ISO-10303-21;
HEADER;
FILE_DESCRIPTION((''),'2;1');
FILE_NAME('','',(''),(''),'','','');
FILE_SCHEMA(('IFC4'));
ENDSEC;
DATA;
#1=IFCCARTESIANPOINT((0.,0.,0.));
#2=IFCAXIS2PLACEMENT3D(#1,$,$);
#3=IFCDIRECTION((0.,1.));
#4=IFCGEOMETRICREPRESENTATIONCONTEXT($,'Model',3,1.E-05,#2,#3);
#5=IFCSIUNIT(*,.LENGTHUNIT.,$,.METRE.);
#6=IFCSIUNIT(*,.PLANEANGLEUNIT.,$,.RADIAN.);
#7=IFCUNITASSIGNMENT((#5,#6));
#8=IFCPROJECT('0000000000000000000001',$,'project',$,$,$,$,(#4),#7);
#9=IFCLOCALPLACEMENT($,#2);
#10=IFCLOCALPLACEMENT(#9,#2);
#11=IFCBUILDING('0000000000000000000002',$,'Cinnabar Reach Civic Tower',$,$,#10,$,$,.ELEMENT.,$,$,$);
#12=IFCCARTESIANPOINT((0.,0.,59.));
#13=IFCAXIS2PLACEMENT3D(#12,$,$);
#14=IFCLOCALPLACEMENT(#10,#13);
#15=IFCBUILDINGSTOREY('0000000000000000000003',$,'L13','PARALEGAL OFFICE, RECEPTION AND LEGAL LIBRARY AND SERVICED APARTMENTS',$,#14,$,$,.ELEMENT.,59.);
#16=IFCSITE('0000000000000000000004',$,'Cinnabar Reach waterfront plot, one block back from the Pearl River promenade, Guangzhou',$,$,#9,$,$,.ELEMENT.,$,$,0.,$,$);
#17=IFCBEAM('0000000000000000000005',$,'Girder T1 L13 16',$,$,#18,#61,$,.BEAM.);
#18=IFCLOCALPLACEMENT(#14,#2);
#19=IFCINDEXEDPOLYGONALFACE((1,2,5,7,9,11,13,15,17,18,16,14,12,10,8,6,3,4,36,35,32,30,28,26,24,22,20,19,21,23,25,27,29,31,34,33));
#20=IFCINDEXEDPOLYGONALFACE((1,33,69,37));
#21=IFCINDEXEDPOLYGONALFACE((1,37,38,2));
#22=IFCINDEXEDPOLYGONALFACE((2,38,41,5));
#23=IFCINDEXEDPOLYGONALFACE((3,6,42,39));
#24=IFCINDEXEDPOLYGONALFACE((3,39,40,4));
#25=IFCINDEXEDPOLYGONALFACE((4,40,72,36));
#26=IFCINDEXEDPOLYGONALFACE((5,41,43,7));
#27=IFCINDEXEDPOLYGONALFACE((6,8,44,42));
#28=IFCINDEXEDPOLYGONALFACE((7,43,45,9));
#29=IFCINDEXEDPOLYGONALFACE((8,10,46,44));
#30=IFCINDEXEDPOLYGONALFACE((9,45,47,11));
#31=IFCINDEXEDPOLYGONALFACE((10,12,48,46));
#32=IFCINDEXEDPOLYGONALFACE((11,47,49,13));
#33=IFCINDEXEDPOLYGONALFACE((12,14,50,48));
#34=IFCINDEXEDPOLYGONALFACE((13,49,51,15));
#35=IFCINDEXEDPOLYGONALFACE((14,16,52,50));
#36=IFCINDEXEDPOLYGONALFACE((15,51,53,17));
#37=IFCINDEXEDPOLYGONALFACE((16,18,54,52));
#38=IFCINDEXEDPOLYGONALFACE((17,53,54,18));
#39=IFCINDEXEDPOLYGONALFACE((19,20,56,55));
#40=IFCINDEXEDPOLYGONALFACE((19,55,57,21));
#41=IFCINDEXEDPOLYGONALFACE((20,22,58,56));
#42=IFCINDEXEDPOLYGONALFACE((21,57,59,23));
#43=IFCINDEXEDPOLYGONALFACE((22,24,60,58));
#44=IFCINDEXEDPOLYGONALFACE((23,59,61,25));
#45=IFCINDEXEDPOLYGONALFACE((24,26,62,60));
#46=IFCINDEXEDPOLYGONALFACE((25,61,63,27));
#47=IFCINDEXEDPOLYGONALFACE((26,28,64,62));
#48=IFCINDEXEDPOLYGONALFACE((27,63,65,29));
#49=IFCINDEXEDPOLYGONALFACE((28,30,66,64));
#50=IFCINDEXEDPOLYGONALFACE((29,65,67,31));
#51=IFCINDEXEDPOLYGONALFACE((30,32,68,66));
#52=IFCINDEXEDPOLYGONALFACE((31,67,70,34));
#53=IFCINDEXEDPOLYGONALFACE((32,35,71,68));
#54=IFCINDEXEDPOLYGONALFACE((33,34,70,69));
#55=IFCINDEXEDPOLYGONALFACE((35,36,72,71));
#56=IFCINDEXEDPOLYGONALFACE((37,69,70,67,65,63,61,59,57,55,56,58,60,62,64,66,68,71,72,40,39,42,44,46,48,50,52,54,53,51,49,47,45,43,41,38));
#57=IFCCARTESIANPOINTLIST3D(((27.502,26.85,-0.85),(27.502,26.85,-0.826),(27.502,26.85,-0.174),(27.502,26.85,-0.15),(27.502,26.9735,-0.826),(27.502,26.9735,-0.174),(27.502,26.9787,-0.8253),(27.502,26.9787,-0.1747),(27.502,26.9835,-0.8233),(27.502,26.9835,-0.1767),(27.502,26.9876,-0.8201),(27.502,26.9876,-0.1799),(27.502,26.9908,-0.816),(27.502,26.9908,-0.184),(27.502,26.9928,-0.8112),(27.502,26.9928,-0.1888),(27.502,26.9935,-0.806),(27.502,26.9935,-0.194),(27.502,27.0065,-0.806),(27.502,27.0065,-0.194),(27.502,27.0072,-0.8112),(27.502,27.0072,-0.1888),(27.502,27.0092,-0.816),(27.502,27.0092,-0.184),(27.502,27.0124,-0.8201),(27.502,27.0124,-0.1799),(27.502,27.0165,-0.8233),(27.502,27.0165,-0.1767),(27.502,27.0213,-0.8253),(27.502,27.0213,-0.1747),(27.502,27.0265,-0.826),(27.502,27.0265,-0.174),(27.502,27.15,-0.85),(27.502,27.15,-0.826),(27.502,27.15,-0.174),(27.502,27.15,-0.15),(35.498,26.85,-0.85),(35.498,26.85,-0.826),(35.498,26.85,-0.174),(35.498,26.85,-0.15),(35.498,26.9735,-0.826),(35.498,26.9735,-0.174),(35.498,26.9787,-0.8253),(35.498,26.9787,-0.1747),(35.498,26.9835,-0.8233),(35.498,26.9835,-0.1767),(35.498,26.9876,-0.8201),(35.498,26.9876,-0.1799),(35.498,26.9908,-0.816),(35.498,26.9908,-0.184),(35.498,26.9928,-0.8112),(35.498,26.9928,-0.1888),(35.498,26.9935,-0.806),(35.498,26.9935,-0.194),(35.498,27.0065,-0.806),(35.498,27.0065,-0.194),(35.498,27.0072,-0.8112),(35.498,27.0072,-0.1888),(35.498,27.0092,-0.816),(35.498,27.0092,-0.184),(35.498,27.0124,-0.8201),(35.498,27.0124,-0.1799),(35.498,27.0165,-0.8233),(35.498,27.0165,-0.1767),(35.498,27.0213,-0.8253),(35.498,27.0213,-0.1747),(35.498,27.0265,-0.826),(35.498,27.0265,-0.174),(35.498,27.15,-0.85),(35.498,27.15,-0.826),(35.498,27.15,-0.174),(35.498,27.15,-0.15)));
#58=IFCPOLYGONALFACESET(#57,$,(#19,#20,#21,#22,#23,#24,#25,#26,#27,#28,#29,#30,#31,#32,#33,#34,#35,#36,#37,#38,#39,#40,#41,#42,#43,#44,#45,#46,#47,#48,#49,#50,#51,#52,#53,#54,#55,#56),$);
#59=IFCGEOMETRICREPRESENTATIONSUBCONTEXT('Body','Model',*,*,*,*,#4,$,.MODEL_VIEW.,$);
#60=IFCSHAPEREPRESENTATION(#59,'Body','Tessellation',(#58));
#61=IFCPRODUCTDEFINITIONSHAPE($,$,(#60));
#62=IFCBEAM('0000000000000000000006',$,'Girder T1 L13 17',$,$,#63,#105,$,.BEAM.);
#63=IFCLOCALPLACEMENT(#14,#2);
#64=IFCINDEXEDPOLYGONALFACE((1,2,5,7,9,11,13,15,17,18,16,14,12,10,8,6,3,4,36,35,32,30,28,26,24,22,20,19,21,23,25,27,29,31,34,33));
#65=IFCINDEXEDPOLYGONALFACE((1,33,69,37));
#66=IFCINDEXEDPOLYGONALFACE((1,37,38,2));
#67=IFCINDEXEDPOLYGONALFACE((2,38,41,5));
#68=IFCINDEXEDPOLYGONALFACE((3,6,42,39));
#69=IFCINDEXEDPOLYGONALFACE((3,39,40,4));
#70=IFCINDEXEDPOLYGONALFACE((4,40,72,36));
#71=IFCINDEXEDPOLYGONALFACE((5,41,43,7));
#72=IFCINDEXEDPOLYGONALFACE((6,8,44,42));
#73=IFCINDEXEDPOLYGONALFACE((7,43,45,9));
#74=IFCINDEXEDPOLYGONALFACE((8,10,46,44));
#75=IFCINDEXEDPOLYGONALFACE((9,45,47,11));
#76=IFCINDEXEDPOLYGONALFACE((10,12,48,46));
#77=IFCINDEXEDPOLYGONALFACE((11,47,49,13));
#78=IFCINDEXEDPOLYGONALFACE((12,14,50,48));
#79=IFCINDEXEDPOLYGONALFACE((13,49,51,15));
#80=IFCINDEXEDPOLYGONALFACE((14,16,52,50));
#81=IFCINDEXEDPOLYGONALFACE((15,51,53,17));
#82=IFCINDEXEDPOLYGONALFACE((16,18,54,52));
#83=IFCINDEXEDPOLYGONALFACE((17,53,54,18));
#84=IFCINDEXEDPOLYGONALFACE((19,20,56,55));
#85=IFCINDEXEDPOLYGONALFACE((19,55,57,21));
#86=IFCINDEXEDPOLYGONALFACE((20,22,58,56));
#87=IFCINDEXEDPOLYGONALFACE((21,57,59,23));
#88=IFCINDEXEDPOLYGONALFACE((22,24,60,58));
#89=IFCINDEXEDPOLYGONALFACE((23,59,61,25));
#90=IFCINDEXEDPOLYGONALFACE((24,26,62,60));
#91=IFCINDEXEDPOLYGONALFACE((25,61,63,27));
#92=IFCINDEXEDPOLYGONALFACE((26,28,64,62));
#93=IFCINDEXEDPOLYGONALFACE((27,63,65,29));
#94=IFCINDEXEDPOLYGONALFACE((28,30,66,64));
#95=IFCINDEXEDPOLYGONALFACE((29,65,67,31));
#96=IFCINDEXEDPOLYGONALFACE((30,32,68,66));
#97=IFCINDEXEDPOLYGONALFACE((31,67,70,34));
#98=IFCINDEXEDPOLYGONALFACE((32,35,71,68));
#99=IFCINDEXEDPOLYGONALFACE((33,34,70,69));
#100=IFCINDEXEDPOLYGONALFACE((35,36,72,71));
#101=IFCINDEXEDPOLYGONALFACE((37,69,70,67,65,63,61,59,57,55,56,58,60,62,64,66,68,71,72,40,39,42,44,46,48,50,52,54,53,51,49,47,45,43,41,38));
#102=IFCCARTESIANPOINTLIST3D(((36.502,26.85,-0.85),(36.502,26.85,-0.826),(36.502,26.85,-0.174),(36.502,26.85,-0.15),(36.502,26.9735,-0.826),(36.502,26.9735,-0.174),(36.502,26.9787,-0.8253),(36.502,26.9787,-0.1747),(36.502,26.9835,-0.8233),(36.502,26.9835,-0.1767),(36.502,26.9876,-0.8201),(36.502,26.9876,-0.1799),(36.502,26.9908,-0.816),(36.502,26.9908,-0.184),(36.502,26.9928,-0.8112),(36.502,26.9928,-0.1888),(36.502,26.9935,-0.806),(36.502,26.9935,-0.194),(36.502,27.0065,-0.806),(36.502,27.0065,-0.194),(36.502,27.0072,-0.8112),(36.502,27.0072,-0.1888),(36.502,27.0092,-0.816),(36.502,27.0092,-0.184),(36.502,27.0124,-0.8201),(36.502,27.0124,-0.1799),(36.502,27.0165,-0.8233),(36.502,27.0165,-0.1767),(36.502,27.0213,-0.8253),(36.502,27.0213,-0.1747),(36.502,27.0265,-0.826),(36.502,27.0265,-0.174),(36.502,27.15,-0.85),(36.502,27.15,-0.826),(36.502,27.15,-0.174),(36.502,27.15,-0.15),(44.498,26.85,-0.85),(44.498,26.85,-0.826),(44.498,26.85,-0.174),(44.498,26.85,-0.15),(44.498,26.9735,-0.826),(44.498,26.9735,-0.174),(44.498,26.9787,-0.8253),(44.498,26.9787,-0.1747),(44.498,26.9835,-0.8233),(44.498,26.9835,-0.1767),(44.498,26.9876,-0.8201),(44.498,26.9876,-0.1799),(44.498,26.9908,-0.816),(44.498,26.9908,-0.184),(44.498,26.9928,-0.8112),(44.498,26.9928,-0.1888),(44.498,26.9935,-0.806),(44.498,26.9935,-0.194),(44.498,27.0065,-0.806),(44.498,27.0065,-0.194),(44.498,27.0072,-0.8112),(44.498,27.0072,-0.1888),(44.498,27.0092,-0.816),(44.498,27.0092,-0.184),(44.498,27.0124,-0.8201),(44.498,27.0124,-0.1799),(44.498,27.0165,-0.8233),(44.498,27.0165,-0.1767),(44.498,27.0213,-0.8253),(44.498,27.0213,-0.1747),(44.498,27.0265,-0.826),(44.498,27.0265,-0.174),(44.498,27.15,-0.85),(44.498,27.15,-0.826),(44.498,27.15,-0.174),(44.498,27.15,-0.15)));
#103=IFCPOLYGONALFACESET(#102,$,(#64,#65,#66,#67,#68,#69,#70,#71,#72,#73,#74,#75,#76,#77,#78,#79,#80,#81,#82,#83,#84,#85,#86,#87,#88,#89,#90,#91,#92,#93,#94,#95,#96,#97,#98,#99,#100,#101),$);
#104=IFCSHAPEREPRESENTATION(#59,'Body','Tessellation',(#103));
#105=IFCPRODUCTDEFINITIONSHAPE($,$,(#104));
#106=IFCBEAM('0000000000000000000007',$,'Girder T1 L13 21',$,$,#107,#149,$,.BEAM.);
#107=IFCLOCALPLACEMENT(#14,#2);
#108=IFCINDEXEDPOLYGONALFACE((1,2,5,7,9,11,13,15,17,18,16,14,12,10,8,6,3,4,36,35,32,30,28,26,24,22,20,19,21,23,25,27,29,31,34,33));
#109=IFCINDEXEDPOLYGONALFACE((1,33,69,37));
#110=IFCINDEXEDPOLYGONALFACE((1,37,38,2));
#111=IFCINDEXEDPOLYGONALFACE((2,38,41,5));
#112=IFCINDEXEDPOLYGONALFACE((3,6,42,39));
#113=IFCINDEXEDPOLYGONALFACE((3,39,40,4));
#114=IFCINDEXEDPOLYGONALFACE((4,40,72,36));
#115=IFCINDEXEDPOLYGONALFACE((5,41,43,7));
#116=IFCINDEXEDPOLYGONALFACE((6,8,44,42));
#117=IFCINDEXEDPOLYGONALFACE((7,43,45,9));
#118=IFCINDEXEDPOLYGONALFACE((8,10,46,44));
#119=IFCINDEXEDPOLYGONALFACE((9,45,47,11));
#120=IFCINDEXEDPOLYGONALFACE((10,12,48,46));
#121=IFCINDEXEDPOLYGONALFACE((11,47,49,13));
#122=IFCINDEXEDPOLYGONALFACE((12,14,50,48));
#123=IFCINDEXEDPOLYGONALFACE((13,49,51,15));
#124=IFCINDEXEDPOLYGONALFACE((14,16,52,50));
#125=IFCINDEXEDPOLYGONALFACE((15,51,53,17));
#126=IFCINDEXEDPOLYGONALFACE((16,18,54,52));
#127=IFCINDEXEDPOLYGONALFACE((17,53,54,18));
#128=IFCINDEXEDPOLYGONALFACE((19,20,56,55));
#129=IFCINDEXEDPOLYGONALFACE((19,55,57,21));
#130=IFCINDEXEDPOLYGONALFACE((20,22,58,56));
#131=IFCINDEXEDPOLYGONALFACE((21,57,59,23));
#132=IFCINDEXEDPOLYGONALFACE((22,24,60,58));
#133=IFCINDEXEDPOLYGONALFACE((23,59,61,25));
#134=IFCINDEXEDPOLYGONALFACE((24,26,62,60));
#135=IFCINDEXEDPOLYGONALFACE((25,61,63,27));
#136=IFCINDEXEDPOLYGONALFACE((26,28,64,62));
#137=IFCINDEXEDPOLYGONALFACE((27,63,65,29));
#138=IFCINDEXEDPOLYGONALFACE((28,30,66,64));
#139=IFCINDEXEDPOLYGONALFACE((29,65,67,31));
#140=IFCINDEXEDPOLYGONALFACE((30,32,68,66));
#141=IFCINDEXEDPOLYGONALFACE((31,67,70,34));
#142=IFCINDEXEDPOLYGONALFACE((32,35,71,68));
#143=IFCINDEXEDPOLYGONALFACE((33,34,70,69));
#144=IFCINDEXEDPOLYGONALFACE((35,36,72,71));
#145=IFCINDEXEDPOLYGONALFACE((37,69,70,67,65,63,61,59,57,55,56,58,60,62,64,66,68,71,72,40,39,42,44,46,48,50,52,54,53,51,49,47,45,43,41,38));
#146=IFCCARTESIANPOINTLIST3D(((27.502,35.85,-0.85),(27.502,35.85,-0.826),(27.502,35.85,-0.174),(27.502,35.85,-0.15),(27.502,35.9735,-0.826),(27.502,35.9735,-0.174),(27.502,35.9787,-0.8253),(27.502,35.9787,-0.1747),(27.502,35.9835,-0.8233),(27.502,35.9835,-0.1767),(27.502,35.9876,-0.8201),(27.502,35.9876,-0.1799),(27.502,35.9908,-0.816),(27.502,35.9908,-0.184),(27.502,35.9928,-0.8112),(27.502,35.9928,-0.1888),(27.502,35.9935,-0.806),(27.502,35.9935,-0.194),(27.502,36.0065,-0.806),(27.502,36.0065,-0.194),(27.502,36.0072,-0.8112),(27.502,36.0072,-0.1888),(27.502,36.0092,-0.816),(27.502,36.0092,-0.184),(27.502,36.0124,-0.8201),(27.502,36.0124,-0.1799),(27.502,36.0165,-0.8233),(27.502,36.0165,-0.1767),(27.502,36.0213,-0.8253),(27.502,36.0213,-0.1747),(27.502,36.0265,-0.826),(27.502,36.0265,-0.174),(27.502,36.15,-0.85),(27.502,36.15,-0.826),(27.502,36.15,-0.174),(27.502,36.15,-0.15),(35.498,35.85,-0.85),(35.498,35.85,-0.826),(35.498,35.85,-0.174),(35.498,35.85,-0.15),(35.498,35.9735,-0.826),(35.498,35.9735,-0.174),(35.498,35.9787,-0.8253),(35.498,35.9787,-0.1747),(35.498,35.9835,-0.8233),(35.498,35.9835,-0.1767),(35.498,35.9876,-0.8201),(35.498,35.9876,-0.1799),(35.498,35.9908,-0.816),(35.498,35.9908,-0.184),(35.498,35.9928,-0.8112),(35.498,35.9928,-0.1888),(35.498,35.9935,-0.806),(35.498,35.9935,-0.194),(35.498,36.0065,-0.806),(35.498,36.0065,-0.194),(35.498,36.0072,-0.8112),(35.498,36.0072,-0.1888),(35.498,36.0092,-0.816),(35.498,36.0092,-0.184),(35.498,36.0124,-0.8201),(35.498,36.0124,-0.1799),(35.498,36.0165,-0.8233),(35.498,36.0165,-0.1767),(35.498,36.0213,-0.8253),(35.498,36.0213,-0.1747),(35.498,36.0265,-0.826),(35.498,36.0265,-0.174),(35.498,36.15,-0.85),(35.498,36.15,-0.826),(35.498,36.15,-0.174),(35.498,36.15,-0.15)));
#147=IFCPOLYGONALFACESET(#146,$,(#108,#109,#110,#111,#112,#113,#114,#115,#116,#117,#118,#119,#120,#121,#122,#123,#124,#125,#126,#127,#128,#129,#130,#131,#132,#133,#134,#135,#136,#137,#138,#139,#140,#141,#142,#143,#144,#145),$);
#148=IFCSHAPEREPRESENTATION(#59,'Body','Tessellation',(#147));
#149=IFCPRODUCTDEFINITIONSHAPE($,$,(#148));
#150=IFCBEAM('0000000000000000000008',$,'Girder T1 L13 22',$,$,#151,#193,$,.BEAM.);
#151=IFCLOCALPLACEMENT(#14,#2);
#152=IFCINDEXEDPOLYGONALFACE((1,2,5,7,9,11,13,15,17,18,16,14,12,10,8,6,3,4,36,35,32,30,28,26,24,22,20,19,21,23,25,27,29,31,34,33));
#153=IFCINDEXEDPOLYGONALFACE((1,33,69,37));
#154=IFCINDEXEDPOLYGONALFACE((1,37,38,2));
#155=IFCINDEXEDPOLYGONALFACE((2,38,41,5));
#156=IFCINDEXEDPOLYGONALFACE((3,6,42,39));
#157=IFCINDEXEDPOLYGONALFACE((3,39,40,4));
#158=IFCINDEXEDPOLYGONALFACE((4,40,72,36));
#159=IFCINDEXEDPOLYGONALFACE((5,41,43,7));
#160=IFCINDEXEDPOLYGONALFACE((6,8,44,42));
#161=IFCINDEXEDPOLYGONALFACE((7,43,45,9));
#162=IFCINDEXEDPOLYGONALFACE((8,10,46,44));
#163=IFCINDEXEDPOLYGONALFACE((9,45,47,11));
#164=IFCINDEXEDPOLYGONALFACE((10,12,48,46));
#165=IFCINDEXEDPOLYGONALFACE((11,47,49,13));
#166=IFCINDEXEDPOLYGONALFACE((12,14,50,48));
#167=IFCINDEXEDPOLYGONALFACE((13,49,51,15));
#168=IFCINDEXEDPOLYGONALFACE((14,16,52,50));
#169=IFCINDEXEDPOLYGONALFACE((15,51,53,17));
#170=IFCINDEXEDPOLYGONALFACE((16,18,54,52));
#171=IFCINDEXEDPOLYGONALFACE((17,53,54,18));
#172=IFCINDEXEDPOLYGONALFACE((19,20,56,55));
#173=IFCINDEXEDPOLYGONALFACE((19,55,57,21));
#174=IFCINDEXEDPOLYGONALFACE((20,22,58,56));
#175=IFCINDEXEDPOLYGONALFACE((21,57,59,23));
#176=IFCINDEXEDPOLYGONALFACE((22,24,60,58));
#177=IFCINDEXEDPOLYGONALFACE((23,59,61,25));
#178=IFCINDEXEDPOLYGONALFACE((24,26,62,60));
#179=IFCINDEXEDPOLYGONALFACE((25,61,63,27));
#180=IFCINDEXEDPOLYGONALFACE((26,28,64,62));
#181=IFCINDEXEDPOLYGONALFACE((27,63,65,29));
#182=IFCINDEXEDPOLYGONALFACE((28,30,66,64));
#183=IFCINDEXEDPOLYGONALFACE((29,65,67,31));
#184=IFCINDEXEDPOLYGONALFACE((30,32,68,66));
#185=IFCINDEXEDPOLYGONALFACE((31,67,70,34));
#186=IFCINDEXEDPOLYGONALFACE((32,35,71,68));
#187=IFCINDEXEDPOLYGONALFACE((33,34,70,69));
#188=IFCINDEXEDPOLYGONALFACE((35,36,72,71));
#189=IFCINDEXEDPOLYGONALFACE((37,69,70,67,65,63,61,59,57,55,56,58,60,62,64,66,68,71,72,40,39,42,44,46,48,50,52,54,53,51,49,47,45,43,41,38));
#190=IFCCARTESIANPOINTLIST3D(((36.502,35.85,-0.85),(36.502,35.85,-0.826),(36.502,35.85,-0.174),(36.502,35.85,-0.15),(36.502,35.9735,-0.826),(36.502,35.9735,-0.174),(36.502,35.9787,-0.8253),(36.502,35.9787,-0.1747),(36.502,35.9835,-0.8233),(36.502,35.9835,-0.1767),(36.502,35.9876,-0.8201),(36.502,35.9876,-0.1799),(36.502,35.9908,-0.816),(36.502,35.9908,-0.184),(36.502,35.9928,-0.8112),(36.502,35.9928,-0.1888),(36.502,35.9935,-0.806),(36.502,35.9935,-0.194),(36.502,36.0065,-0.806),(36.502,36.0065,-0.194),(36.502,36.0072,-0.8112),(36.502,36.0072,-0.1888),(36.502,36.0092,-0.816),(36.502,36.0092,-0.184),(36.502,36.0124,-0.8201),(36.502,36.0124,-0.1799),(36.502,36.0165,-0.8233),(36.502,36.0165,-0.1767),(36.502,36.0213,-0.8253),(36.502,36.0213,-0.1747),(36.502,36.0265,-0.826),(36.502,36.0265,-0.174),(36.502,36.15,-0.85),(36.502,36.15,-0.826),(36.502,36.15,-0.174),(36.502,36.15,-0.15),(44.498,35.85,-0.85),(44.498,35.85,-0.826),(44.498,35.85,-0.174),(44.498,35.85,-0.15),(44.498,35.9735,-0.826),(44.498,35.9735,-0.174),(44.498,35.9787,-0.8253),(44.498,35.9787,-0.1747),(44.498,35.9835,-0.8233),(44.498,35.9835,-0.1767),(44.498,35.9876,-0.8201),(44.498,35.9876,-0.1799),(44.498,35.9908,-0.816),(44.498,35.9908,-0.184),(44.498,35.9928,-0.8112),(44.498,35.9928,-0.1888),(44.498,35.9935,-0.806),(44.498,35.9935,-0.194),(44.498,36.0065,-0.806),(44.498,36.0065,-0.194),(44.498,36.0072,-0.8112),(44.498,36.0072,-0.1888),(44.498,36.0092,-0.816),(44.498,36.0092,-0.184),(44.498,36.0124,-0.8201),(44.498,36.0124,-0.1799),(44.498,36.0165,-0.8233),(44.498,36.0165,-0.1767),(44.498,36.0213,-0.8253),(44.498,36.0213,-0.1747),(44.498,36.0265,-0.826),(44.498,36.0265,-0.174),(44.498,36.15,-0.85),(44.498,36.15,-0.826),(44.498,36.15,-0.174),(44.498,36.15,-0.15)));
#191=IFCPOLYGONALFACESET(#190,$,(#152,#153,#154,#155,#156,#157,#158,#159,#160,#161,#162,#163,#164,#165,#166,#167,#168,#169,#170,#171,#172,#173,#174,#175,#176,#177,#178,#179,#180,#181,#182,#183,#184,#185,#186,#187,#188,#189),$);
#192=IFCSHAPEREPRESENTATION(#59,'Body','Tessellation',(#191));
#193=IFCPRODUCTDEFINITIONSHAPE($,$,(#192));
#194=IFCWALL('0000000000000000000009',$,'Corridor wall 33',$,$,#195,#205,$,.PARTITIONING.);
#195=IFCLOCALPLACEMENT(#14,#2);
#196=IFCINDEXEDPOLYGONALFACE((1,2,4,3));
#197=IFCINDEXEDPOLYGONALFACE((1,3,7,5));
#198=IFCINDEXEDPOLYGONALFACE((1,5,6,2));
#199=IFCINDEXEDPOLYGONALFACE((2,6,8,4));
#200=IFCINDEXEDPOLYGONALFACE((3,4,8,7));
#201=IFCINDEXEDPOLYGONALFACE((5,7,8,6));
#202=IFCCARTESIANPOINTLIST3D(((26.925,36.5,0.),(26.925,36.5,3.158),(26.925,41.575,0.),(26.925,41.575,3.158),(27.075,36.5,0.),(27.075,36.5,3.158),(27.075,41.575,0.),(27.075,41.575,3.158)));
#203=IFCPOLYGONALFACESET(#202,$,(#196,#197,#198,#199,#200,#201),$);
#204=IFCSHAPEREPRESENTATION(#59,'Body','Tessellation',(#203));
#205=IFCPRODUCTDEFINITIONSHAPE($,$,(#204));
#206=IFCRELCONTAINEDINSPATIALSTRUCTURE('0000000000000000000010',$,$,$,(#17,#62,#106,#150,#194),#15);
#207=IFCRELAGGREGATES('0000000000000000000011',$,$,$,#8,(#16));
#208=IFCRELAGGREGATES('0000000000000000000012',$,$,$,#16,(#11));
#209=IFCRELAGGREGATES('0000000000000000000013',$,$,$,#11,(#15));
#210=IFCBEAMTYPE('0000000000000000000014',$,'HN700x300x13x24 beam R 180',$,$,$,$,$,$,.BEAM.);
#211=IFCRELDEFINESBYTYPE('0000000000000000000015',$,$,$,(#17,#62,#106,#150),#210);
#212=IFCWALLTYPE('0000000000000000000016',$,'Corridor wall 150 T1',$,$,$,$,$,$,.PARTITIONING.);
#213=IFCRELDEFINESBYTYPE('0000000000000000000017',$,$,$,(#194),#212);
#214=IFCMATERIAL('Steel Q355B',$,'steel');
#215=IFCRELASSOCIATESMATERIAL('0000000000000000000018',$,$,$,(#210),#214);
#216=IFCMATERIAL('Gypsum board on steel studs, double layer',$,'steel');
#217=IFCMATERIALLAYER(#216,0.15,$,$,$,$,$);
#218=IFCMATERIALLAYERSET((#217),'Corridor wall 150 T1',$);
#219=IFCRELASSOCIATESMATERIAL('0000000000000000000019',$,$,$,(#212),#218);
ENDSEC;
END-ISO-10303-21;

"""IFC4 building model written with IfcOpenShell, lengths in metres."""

from ifc_helpers import new_model, si_unit, direction, frame, frame_2d, origin, origin_2d, place, context, subcontext, project, spatial, rectangle, i_section, extrude, material, layer, layer_set, material_profile, profile_set, type_object, element, save


model = new_model("IFC4")

# Units and contexts
model_context = context("Model", 3, precision=1e-05, world=origin(), true_north=direction((0.0, 1.0)))
body_context = subcontext(model_context, "Body", "Model", "MODEL_VIEW")
ifc_project = project(units=[si_unit("LENGTHUNIT", "METRE"), si_unit("PLANEANGLEUNIT", "RADIAN")], contexts=[model_context])

# Site, building, storey
site_placement = place(None, origin())
site = spatial("IfcSite", under=ifc_project, at=site_placement, Name="Cinnabar Reach waterfront plot, one block back from the Pearl River promenade, Guangzhou", CompositionType="ELEMENT", RefElevation=0.0)
building_placement = place(site_placement, origin())
building = spatial("IfcBuilding", under=site, at=building_placement, Name="Cinnabar Reach Civic Tower", CompositionType="ELEMENT")
storey_placement = place(building_placement, frame((0.0, 0.0, 59.0)))
storey = spatial("IfcBuildingStorey", under=building, at=storey_placement, Name="L13", Description="PARALEGAL OFFICE, RECEPTION AND LEGAL LIBRARY AND SERVICED APARTMENTS", CompositionType="ELEMENT", Elevation=59.0)

# Beams
ifc_material_1 = material(Name="Steel Q355B", Category="steel")
ifc_material_profile_1 = material_profile(ifc_material_1, i_section(OverallWidth=0.3, OverallDepth=0.7, WebThickness=0.013, FlangeThickness=0.024, FilletRadius=0.02, at=origin_2d()), Name="HN700x300x13x24")
ifc_profile_set_1 = profile_set([ifc_material_profile_1], Name="Steel Q355B")
beam_type_1 = type_object("IfcBeamType", Name="HN700x300x13x24 beam R 180", PredefinedType="BEAM", material=ifc_profile_set_1)
for number, where, z_axis, x_axis, name in (
    (1, (27.502, 27.0, -0.5), (1.0, 0.0, 0.0), (0.0, 1.0, 0.0), "Girder T1 L13 16"),
    (2, (36.502, 27.0, -0.5), (1.0, 0.0, 0.0), (0.0, 1.0, 0.0), "Girder T1 L13 17"),
    (3, (27.502, 36.0, -0.5), (1.0, 0.0, 0.0), (0.0, 1.0, 0.0), "Girder T1 L13 21"),
    (4, (36.502, 36.0, -0.5), (1.0, 0.0, 0.0), (0.0, 1.0, 0.0), "Girder T1 L13 22"),
):
    element("IfcBeam", number, at=place(storey_placement, frame(where, z_axis=z_axis, x_axis=x_axis)), inside=storey, type_object=beam_type_1, Name=name, PredefinedType="BEAM", context=body_context, shape_type="SweptSolid", body=[
        extrude(i_section(OverallWidth=0.3, OverallDepth=0.7, WebThickness=0.013, FlangeThickness=0.024, FilletRadius=0.02, at=origin_2d()), origin(), (0.0, 0.0, 1.0), 7.996),
    ])

# Wall
ifc_material_2 = material(Name="Gypsum board on steel studs, double layer", Category="steel")
ifc_layer_1 = layer(ifc_material_2, 0.15)
ifc_layer_set_1 = layer_set([ifc_layer_1], Name="Corridor wall 150 T1")
wall_type_1 = type_object("IfcWallType", Name="Corridor wall 150 T1", PredefinedType="PARTITIONING", material=ifc_layer_set_1)
wall_1_placement = place(storey_placement, frame((27.0, 36.5, 0.0), z_axis=(0.0, 0.0, 1.0), x_axis=(0.0, 1.0, 0.0)))
element("IfcWall", 5, at=wall_1_placement, inside=storey, type_object=wall_type_1, Name="Corridor wall 33", PredefinedType="PARTITIONING", context=body_context, shape_type="SweptSolid", body=[
    extrude(rectangle(XDim=5.075, YDim=0.15, at=frame_2d((2.5375, 0.0))), origin(), (0.0, 0.0, 1.0), 3.158),
])

save(model, "model.ifc")
